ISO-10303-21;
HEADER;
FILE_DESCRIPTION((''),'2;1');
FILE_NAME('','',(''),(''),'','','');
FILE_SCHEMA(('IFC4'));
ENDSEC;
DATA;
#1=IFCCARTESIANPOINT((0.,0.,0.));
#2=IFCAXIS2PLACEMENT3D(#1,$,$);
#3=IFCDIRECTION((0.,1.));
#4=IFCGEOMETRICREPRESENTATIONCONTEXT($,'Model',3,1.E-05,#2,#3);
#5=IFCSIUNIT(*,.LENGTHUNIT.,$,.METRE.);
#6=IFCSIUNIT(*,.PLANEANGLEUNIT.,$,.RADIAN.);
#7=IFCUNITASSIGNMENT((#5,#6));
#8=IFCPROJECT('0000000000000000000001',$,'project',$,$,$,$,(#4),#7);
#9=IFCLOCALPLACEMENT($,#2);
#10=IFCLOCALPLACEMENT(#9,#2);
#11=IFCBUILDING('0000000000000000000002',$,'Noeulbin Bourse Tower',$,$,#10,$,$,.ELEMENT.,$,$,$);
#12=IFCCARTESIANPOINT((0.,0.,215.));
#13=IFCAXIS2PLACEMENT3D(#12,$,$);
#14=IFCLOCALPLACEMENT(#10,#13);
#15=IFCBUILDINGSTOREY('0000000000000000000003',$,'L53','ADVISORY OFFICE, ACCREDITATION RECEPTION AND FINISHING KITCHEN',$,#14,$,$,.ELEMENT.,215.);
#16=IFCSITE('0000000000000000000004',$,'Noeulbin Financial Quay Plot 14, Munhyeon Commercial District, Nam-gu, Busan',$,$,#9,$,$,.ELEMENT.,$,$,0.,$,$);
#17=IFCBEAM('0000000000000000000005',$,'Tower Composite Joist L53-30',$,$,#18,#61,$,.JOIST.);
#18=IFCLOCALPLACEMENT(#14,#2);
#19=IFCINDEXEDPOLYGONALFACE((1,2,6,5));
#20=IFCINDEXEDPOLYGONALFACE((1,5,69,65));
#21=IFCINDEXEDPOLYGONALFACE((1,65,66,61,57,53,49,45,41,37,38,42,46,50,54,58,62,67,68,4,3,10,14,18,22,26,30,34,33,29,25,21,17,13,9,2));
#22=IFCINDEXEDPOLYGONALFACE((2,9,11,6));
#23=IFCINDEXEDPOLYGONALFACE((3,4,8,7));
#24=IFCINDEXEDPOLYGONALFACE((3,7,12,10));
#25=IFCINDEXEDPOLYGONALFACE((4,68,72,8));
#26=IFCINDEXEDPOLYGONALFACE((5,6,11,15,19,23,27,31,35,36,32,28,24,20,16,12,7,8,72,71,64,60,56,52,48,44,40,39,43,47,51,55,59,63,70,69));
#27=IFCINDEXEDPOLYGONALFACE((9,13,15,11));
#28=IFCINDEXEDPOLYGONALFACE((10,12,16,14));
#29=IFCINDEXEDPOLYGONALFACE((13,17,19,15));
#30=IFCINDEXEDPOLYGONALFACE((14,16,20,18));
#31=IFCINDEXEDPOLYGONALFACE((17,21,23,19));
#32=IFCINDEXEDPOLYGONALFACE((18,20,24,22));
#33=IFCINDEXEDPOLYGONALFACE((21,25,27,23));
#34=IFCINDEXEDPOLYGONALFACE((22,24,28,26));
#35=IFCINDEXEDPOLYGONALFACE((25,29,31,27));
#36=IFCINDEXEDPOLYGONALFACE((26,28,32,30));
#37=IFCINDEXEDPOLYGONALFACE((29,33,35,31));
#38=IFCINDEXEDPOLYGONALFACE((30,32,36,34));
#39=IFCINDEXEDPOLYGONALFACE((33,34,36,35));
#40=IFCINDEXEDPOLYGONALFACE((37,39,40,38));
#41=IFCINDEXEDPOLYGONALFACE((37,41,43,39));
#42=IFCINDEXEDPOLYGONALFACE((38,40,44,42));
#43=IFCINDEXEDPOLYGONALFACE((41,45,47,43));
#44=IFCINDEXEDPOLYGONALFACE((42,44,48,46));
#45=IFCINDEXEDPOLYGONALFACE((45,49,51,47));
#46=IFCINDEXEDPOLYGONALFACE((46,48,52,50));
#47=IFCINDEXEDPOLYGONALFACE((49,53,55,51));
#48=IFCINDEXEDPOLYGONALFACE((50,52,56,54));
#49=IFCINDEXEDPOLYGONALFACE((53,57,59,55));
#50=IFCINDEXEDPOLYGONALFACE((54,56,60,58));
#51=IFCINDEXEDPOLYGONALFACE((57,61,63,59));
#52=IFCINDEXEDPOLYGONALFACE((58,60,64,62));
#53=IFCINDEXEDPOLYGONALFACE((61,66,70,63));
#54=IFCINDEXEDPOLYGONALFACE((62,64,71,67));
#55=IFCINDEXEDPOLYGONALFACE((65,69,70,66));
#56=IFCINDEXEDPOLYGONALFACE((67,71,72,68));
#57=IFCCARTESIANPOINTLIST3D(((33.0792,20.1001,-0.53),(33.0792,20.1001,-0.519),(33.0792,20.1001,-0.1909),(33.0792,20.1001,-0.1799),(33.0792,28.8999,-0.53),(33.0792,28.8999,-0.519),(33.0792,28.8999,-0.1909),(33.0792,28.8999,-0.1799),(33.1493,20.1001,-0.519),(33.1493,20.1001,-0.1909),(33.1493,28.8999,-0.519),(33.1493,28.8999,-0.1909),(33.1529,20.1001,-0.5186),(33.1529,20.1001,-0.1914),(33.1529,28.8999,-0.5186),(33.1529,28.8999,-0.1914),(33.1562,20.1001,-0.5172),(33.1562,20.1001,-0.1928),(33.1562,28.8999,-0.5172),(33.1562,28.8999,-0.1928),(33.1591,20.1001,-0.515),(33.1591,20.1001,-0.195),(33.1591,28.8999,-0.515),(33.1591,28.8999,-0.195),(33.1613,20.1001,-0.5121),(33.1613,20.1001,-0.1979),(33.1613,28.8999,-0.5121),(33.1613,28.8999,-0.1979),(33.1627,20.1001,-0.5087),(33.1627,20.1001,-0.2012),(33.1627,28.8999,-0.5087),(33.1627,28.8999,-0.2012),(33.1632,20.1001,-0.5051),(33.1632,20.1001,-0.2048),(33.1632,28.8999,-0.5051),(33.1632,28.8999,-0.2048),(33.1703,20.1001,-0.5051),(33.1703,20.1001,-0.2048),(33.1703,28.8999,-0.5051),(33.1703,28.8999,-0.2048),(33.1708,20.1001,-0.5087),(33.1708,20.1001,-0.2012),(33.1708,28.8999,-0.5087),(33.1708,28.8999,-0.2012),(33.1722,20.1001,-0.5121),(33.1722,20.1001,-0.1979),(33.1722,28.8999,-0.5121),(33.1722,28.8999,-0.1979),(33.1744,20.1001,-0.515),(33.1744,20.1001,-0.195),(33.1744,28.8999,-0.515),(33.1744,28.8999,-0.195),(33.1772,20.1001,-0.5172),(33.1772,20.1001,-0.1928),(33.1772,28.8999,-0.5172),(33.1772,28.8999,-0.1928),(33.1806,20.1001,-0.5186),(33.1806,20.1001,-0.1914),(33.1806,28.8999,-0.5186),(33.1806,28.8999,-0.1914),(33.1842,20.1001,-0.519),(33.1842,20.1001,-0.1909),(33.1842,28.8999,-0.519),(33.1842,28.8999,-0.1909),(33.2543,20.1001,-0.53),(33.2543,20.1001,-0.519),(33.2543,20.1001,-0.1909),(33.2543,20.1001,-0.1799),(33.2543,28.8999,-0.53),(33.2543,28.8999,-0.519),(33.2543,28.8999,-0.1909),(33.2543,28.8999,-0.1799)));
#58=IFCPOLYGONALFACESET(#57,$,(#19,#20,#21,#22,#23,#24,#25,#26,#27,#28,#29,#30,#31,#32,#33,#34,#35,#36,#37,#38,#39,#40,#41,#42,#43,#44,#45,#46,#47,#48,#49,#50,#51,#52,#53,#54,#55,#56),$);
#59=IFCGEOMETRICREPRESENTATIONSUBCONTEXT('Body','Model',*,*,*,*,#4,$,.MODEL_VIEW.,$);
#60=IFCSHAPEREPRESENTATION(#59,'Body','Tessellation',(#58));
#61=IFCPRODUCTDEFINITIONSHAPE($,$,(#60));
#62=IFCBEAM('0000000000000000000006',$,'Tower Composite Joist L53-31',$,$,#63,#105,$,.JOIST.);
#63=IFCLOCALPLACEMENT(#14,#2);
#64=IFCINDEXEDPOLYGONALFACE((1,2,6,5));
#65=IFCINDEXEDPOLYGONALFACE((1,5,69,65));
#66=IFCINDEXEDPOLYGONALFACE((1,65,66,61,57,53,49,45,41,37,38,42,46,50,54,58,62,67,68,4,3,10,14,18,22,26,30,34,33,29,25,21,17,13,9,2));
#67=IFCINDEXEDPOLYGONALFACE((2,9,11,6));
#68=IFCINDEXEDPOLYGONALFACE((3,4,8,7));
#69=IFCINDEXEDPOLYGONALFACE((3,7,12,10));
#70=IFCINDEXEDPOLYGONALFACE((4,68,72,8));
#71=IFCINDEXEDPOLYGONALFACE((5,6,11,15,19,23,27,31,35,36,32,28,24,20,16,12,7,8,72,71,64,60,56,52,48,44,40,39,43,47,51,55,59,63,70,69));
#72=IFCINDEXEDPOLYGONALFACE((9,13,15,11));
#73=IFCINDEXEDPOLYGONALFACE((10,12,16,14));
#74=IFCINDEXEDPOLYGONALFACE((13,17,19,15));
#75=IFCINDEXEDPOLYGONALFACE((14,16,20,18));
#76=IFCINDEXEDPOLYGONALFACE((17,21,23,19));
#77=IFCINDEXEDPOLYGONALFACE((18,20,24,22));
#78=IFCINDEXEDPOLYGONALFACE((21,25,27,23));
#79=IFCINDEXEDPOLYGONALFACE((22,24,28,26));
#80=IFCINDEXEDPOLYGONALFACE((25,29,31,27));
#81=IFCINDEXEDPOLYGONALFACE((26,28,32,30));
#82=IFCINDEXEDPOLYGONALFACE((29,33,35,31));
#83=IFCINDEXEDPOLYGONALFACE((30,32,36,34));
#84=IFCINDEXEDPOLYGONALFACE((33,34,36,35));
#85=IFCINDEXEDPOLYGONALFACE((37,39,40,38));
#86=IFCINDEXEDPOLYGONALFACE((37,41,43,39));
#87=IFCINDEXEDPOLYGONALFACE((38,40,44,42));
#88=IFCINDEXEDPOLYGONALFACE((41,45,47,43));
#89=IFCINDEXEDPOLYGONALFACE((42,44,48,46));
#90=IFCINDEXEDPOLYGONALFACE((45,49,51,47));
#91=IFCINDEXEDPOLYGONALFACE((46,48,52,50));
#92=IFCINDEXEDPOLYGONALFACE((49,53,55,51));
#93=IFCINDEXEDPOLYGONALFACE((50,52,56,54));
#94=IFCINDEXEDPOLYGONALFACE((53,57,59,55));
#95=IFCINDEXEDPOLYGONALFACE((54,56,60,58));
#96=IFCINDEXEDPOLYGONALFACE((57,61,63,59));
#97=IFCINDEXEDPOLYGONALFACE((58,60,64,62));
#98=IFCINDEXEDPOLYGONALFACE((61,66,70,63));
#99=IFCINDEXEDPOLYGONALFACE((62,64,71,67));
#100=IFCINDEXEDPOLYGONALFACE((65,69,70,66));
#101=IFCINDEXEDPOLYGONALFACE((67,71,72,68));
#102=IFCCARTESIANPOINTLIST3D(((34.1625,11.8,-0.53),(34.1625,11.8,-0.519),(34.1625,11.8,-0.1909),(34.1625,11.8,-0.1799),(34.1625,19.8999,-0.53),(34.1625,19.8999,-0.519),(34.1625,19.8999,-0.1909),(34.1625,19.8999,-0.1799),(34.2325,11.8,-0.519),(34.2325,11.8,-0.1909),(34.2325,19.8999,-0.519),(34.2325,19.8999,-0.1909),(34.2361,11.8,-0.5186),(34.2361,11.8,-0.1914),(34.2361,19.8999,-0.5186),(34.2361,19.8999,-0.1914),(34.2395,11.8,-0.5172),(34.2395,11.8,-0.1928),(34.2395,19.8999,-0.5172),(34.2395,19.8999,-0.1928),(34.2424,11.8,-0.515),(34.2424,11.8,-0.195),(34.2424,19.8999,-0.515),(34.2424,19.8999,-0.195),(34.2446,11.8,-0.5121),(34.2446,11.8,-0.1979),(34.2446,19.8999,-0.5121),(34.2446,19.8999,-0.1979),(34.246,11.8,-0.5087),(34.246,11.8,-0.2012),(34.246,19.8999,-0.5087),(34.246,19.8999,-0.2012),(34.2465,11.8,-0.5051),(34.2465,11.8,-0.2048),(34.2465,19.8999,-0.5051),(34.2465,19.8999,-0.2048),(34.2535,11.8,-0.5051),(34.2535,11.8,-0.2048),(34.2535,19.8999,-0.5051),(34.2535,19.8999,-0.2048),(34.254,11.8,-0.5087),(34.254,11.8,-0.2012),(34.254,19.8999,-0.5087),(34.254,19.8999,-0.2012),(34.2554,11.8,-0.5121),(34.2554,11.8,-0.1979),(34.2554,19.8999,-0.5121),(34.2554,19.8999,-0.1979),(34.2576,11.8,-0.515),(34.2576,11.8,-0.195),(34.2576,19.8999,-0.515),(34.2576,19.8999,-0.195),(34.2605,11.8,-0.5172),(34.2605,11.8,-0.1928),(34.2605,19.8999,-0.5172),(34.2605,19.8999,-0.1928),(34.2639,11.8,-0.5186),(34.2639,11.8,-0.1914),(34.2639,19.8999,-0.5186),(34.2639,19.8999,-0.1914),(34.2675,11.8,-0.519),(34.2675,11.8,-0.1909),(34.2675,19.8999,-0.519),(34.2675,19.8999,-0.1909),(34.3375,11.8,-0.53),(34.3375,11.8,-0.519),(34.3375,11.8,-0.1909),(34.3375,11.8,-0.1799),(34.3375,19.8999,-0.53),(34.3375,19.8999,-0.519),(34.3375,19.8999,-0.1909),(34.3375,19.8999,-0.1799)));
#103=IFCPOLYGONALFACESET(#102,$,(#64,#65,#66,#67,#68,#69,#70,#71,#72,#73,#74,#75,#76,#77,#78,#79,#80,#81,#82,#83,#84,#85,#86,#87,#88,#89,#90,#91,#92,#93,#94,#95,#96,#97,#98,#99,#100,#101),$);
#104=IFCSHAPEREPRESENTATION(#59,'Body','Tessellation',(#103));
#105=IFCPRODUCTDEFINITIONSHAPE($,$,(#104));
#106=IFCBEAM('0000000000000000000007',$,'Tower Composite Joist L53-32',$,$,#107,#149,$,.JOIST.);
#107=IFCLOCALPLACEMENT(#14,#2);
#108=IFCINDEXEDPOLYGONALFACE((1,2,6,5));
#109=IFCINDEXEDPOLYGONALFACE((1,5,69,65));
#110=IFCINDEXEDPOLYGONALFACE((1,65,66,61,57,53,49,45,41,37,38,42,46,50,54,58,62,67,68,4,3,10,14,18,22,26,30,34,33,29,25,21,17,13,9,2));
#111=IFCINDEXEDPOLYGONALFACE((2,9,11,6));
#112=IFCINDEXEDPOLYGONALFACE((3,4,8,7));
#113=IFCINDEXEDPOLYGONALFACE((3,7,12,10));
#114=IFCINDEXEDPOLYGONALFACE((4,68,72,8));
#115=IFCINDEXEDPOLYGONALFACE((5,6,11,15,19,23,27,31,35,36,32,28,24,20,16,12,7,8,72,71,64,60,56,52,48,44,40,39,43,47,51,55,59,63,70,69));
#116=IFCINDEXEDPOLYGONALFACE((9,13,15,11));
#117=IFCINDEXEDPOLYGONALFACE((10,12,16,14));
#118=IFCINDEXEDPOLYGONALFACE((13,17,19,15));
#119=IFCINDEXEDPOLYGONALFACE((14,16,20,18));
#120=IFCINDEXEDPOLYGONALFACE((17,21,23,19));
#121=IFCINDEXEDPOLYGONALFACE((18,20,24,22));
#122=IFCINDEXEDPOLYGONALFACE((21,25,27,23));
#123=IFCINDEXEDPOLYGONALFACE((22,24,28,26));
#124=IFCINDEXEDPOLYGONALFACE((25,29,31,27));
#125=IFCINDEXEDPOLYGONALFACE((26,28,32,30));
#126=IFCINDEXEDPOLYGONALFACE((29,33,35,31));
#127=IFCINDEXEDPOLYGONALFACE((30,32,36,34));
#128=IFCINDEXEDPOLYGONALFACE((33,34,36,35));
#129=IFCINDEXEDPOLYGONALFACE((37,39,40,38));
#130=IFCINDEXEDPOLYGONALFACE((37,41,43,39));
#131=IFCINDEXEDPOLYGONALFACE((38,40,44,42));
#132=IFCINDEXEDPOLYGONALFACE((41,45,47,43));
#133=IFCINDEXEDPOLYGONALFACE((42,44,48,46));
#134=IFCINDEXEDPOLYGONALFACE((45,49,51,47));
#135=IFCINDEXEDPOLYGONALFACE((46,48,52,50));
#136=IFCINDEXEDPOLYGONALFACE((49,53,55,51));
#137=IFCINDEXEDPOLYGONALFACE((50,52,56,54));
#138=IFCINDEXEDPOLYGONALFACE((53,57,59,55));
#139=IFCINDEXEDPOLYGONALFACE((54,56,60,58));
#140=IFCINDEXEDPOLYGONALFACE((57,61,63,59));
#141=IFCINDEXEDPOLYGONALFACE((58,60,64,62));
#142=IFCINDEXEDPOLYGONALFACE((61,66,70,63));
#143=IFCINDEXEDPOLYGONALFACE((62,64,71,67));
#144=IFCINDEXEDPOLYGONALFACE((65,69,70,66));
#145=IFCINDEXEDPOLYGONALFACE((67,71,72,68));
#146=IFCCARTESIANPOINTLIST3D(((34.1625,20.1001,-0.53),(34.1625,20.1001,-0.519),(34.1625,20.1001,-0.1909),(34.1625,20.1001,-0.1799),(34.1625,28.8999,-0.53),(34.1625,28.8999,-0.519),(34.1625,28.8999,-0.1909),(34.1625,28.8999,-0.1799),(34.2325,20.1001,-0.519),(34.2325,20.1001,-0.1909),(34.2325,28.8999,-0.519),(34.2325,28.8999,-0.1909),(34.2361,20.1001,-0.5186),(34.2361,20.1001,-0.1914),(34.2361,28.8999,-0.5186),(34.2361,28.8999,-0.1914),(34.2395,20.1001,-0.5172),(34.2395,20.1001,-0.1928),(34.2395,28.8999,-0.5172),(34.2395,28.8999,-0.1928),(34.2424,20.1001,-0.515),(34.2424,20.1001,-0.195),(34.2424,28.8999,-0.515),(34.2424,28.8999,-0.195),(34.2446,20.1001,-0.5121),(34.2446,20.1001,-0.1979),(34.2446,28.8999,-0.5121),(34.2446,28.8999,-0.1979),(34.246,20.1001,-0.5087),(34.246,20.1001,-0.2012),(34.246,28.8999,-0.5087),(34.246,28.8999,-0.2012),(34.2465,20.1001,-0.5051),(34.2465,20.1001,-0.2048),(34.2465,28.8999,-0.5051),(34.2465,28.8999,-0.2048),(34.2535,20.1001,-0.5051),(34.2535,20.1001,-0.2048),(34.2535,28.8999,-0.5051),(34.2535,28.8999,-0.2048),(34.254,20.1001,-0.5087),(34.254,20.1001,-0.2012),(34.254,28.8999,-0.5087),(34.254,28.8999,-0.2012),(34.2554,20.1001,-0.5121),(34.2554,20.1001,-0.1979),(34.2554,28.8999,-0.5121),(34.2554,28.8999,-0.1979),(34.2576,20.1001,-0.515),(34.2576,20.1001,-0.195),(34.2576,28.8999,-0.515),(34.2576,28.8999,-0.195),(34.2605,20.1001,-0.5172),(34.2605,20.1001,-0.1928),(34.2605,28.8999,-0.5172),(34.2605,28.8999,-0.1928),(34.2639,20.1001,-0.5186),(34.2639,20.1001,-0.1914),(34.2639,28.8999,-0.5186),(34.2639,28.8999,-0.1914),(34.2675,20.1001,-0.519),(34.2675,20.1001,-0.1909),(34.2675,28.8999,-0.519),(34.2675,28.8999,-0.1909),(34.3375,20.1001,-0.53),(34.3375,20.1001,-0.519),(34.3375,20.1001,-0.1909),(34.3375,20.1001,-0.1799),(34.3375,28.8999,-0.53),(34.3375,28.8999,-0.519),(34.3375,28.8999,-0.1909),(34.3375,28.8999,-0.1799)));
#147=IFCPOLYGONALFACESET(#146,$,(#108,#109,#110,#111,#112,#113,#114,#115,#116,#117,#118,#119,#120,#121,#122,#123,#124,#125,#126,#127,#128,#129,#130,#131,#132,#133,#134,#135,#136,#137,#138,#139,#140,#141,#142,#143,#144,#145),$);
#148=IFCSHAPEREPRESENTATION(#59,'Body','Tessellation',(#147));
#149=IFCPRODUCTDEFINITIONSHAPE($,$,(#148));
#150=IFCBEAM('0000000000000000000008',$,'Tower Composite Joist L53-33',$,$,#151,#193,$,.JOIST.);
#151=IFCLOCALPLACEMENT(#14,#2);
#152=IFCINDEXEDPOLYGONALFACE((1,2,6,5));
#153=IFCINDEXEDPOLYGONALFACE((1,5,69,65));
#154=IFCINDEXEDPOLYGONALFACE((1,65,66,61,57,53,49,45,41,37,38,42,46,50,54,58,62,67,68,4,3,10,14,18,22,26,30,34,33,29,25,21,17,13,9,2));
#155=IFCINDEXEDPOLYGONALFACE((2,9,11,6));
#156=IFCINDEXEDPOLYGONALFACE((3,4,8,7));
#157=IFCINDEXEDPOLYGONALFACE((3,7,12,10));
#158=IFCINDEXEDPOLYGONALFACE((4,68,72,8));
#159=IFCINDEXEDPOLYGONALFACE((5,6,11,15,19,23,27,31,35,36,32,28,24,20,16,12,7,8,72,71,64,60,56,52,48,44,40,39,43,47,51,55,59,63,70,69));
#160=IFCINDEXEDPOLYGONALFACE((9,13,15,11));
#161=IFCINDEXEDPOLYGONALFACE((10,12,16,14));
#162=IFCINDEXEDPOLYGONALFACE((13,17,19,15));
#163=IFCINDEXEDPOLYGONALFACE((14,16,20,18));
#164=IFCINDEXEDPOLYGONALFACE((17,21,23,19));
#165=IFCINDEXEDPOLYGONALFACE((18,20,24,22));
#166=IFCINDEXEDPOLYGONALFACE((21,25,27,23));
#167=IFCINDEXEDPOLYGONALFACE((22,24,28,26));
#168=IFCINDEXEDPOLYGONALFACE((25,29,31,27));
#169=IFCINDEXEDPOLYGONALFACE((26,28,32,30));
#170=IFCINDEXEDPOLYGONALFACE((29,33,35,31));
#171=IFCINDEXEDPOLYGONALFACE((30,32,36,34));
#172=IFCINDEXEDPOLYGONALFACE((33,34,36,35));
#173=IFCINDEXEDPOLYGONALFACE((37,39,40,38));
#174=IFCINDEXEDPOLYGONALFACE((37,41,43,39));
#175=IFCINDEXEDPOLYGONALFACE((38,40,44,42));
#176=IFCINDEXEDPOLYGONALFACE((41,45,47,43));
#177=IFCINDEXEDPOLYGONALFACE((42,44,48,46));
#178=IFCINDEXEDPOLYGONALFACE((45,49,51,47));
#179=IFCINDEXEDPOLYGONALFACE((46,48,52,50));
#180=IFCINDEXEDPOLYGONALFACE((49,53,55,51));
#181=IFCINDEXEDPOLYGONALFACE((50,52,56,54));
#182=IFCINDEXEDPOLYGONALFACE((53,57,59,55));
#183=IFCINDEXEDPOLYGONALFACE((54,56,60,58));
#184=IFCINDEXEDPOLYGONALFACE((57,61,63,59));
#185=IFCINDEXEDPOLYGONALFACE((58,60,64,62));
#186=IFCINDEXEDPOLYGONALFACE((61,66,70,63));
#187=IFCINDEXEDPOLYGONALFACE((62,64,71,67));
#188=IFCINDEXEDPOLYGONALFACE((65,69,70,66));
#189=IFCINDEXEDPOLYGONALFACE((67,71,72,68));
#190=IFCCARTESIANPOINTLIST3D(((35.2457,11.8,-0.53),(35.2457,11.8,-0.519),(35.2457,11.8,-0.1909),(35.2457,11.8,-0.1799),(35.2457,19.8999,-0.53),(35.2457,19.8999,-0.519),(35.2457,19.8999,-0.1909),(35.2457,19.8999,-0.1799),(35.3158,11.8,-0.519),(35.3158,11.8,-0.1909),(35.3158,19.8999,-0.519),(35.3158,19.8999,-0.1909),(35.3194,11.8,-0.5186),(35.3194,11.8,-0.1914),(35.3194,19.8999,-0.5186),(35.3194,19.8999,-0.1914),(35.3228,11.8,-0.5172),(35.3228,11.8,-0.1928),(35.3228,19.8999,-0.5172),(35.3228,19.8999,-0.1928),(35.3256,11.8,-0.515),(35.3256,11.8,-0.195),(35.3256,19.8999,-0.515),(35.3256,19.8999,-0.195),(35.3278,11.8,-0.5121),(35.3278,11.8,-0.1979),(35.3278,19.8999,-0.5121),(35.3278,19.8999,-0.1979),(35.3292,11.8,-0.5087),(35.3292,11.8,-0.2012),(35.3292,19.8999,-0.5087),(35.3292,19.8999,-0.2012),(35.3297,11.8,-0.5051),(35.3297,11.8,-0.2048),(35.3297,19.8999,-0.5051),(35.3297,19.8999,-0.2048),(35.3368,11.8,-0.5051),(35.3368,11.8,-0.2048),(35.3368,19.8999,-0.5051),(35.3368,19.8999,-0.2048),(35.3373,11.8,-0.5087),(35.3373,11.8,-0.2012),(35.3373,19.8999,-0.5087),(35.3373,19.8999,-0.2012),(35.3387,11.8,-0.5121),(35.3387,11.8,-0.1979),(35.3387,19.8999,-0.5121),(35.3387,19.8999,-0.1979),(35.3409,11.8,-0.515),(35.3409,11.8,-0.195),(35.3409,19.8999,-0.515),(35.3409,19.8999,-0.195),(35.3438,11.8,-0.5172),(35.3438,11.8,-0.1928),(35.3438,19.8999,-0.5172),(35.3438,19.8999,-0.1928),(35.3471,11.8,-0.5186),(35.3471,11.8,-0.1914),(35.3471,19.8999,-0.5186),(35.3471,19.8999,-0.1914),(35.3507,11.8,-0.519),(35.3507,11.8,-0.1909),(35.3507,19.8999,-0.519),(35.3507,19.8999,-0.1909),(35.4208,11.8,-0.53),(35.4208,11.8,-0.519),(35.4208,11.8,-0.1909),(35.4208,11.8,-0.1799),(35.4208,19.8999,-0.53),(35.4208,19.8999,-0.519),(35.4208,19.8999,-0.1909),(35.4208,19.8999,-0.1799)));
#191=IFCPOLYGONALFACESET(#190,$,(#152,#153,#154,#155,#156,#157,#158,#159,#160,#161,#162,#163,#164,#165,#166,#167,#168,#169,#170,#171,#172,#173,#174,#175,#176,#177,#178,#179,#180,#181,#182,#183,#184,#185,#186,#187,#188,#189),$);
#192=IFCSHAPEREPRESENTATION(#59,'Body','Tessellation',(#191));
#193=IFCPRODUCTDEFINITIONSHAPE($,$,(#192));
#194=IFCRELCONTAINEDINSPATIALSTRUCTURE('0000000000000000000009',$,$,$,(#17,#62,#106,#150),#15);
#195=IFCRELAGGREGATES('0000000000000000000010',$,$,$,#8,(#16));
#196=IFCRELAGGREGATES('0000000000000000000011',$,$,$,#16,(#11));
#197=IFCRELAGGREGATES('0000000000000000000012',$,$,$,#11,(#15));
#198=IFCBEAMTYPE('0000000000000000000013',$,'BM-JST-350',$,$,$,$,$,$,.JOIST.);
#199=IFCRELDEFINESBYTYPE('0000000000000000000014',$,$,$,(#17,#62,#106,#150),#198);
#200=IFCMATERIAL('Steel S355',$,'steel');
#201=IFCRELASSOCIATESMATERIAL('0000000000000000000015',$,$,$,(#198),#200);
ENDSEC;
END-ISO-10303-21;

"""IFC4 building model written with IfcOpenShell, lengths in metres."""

from ifc_helpers import new_model, si_unit, direction, frame, origin, origin_2d, place, context, subcontext, project, spatial, i_section, extrude, material, material_profile, profile_set, type_object, element, save


model = new_model("IFC4")

# Units and contexts
model_context = context("Model", 3, precision=1e-05, world=origin(), true_north=direction((0.0, 1.0)))
body_context = subcontext(model_context, "Body", "Model", "MODEL_VIEW")
ifc_project = project(units=[si_unit("LENGTHUNIT", "METRE"), si_unit("PLANEANGLEUNIT", "RADIAN")], contexts=[model_context])

# Site, building, storey
site_placement = place(None, origin())
site = spatial("IfcSite", under=ifc_project, at=site_placement, Name="Noeulbin Financial Quay Plot 14, Munhyeon Commercial District, Nam-gu, Busan", CompositionType="ELEMENT", RefElevation=0.0)
building_placement = place(site_placement, origin())
building = spatial("IfcBuilding", under=site, at=building_placement, Name="Noeulbin Bourse Tower", CompositionType="ELEMENT")
storey_placement = place(building_placement, frame((0.0, 0.0, 215.0)))
storey = spatial("IfcBuildingStorey", under=building, at=storey_placement, Name="L53", Description="ADVISORY OFFICE, ACCREDITATION RECEPTION AND FINISHING KITCHEN", CompositionType="ELEMENT", Elevation=215.0)

# Shared definitions
ifc_material_1 = material(Name="Steel S355", Category="steel")

# Beams
ifc_material_profile_1 = material_profile(ifc_material_1, i_section(OverallWidth=0.175, OverallDepth=0.3501, WebThickness=0.0071, FlangeThickness=0.011, FilletRadius=0.0139, at=origin_2d()), Name="H-350x175x7x11", Category="LoadBearing")
ifc_profile_set_1 = profile_set([ifc_material_profile_1], Name="Steel S355")
beam_type_1 = type_object("IfcBeamType", Name="BM-JST-350", PredefinedType="JOIST", material=ifc_profile_set_1)
beam_1_placement = place(storey_placement, frame((33.1667, 20.1001, -0.355), z_axis=(0.0, 1.0, 0.0), x_axis=(-1.0, 0.0, 0.0)))
element("IfcBeam", 1, at=beam_1_placement, inside=storey, type_object=beam_type_1, Name="Tower Composite Joist L53-30", PredefinedType="JOIST", context=body_context, shape_type="SweptSolid", body=[
    extrude(i_section(OverallWidth=0.175, OverallDepth=0.3501, WebThickness=0.0071, FlangeThickness=0.011, FilletRadius=0.0139, at=origin_2d()), origin(), (0.0, 0.0, 1.0), 8.7998),
])
beam_2_placement = place(storey_placement, frame((34.25, 11.8, -0.355), z_axis=(0.0, 1.0, 0.0), x_axis=(-1.0, 0.0, 0.0)))
element("IfcBeam", 2, at=beam_2_placement, inside=storey, type_object=beam_type_1, Name="Tower Composite Joist L53-31", PredefinedType="JOIST", context=body_context, shape_type="SweptSolid", body=[
    extrude(i_section(OverallWidth=0.175, OverallDepth=0.3501, WebThickness=0.0071, FlangeThickness=0.011, FilletRadius=0.0139, at=origin_2d()), origin(), (0.0, 0.0, 1.0), 8.0999),
])
beam_3_placement = place(storey_placement, frame((34.25, 20.1001, -0.355), z_axis=(0.0, 1.0, 0.0), x_axis=(-1.0, 0.0, 0.0)))
element("IfcBeam", 3, at=beam_3_placement, inside=storey, type_object=beam_type_1, Name="Tower Composite Joist L53-32", PredefinedType="JOIST", context=body_context, shape_type="SweptSolid", body=[
    extrude(i_section(OverallWidth=0.175, OverallDepth=0.3501, WebThickness=0.0071, FlangeThickness=0.011, FilletRadius=0.0139, at=origin_2d()), origin(), (0.0, 0.0, 1.0), 8.7998),
])
beam_4_placement = place(storey_placement, frame((35.3333, 11.8, -0.355), z_axis=(0.0, 1.0, 0.0), x_axis=(-1.0, 0.0, 0.0)))
element("IfcBeam", 4, at=beam_4_placement, inside=storey, type_object=beam_type_1, Name="Tower Composite Joist L53-33", PredefinedType="JOIST", context=body_context, shape_type="SweptSolid", body=[
    extrude(i_section(OverallWidth=0.175, OverallDepth=0.3501, WebThickness=0.0071, FlangeThickness=0.011, FilletRadius=0.0139, at=origin_2d()), origin(), (0.0, 0.0, 1.0), 8.0999),
])

save(model, "model.ifc")
